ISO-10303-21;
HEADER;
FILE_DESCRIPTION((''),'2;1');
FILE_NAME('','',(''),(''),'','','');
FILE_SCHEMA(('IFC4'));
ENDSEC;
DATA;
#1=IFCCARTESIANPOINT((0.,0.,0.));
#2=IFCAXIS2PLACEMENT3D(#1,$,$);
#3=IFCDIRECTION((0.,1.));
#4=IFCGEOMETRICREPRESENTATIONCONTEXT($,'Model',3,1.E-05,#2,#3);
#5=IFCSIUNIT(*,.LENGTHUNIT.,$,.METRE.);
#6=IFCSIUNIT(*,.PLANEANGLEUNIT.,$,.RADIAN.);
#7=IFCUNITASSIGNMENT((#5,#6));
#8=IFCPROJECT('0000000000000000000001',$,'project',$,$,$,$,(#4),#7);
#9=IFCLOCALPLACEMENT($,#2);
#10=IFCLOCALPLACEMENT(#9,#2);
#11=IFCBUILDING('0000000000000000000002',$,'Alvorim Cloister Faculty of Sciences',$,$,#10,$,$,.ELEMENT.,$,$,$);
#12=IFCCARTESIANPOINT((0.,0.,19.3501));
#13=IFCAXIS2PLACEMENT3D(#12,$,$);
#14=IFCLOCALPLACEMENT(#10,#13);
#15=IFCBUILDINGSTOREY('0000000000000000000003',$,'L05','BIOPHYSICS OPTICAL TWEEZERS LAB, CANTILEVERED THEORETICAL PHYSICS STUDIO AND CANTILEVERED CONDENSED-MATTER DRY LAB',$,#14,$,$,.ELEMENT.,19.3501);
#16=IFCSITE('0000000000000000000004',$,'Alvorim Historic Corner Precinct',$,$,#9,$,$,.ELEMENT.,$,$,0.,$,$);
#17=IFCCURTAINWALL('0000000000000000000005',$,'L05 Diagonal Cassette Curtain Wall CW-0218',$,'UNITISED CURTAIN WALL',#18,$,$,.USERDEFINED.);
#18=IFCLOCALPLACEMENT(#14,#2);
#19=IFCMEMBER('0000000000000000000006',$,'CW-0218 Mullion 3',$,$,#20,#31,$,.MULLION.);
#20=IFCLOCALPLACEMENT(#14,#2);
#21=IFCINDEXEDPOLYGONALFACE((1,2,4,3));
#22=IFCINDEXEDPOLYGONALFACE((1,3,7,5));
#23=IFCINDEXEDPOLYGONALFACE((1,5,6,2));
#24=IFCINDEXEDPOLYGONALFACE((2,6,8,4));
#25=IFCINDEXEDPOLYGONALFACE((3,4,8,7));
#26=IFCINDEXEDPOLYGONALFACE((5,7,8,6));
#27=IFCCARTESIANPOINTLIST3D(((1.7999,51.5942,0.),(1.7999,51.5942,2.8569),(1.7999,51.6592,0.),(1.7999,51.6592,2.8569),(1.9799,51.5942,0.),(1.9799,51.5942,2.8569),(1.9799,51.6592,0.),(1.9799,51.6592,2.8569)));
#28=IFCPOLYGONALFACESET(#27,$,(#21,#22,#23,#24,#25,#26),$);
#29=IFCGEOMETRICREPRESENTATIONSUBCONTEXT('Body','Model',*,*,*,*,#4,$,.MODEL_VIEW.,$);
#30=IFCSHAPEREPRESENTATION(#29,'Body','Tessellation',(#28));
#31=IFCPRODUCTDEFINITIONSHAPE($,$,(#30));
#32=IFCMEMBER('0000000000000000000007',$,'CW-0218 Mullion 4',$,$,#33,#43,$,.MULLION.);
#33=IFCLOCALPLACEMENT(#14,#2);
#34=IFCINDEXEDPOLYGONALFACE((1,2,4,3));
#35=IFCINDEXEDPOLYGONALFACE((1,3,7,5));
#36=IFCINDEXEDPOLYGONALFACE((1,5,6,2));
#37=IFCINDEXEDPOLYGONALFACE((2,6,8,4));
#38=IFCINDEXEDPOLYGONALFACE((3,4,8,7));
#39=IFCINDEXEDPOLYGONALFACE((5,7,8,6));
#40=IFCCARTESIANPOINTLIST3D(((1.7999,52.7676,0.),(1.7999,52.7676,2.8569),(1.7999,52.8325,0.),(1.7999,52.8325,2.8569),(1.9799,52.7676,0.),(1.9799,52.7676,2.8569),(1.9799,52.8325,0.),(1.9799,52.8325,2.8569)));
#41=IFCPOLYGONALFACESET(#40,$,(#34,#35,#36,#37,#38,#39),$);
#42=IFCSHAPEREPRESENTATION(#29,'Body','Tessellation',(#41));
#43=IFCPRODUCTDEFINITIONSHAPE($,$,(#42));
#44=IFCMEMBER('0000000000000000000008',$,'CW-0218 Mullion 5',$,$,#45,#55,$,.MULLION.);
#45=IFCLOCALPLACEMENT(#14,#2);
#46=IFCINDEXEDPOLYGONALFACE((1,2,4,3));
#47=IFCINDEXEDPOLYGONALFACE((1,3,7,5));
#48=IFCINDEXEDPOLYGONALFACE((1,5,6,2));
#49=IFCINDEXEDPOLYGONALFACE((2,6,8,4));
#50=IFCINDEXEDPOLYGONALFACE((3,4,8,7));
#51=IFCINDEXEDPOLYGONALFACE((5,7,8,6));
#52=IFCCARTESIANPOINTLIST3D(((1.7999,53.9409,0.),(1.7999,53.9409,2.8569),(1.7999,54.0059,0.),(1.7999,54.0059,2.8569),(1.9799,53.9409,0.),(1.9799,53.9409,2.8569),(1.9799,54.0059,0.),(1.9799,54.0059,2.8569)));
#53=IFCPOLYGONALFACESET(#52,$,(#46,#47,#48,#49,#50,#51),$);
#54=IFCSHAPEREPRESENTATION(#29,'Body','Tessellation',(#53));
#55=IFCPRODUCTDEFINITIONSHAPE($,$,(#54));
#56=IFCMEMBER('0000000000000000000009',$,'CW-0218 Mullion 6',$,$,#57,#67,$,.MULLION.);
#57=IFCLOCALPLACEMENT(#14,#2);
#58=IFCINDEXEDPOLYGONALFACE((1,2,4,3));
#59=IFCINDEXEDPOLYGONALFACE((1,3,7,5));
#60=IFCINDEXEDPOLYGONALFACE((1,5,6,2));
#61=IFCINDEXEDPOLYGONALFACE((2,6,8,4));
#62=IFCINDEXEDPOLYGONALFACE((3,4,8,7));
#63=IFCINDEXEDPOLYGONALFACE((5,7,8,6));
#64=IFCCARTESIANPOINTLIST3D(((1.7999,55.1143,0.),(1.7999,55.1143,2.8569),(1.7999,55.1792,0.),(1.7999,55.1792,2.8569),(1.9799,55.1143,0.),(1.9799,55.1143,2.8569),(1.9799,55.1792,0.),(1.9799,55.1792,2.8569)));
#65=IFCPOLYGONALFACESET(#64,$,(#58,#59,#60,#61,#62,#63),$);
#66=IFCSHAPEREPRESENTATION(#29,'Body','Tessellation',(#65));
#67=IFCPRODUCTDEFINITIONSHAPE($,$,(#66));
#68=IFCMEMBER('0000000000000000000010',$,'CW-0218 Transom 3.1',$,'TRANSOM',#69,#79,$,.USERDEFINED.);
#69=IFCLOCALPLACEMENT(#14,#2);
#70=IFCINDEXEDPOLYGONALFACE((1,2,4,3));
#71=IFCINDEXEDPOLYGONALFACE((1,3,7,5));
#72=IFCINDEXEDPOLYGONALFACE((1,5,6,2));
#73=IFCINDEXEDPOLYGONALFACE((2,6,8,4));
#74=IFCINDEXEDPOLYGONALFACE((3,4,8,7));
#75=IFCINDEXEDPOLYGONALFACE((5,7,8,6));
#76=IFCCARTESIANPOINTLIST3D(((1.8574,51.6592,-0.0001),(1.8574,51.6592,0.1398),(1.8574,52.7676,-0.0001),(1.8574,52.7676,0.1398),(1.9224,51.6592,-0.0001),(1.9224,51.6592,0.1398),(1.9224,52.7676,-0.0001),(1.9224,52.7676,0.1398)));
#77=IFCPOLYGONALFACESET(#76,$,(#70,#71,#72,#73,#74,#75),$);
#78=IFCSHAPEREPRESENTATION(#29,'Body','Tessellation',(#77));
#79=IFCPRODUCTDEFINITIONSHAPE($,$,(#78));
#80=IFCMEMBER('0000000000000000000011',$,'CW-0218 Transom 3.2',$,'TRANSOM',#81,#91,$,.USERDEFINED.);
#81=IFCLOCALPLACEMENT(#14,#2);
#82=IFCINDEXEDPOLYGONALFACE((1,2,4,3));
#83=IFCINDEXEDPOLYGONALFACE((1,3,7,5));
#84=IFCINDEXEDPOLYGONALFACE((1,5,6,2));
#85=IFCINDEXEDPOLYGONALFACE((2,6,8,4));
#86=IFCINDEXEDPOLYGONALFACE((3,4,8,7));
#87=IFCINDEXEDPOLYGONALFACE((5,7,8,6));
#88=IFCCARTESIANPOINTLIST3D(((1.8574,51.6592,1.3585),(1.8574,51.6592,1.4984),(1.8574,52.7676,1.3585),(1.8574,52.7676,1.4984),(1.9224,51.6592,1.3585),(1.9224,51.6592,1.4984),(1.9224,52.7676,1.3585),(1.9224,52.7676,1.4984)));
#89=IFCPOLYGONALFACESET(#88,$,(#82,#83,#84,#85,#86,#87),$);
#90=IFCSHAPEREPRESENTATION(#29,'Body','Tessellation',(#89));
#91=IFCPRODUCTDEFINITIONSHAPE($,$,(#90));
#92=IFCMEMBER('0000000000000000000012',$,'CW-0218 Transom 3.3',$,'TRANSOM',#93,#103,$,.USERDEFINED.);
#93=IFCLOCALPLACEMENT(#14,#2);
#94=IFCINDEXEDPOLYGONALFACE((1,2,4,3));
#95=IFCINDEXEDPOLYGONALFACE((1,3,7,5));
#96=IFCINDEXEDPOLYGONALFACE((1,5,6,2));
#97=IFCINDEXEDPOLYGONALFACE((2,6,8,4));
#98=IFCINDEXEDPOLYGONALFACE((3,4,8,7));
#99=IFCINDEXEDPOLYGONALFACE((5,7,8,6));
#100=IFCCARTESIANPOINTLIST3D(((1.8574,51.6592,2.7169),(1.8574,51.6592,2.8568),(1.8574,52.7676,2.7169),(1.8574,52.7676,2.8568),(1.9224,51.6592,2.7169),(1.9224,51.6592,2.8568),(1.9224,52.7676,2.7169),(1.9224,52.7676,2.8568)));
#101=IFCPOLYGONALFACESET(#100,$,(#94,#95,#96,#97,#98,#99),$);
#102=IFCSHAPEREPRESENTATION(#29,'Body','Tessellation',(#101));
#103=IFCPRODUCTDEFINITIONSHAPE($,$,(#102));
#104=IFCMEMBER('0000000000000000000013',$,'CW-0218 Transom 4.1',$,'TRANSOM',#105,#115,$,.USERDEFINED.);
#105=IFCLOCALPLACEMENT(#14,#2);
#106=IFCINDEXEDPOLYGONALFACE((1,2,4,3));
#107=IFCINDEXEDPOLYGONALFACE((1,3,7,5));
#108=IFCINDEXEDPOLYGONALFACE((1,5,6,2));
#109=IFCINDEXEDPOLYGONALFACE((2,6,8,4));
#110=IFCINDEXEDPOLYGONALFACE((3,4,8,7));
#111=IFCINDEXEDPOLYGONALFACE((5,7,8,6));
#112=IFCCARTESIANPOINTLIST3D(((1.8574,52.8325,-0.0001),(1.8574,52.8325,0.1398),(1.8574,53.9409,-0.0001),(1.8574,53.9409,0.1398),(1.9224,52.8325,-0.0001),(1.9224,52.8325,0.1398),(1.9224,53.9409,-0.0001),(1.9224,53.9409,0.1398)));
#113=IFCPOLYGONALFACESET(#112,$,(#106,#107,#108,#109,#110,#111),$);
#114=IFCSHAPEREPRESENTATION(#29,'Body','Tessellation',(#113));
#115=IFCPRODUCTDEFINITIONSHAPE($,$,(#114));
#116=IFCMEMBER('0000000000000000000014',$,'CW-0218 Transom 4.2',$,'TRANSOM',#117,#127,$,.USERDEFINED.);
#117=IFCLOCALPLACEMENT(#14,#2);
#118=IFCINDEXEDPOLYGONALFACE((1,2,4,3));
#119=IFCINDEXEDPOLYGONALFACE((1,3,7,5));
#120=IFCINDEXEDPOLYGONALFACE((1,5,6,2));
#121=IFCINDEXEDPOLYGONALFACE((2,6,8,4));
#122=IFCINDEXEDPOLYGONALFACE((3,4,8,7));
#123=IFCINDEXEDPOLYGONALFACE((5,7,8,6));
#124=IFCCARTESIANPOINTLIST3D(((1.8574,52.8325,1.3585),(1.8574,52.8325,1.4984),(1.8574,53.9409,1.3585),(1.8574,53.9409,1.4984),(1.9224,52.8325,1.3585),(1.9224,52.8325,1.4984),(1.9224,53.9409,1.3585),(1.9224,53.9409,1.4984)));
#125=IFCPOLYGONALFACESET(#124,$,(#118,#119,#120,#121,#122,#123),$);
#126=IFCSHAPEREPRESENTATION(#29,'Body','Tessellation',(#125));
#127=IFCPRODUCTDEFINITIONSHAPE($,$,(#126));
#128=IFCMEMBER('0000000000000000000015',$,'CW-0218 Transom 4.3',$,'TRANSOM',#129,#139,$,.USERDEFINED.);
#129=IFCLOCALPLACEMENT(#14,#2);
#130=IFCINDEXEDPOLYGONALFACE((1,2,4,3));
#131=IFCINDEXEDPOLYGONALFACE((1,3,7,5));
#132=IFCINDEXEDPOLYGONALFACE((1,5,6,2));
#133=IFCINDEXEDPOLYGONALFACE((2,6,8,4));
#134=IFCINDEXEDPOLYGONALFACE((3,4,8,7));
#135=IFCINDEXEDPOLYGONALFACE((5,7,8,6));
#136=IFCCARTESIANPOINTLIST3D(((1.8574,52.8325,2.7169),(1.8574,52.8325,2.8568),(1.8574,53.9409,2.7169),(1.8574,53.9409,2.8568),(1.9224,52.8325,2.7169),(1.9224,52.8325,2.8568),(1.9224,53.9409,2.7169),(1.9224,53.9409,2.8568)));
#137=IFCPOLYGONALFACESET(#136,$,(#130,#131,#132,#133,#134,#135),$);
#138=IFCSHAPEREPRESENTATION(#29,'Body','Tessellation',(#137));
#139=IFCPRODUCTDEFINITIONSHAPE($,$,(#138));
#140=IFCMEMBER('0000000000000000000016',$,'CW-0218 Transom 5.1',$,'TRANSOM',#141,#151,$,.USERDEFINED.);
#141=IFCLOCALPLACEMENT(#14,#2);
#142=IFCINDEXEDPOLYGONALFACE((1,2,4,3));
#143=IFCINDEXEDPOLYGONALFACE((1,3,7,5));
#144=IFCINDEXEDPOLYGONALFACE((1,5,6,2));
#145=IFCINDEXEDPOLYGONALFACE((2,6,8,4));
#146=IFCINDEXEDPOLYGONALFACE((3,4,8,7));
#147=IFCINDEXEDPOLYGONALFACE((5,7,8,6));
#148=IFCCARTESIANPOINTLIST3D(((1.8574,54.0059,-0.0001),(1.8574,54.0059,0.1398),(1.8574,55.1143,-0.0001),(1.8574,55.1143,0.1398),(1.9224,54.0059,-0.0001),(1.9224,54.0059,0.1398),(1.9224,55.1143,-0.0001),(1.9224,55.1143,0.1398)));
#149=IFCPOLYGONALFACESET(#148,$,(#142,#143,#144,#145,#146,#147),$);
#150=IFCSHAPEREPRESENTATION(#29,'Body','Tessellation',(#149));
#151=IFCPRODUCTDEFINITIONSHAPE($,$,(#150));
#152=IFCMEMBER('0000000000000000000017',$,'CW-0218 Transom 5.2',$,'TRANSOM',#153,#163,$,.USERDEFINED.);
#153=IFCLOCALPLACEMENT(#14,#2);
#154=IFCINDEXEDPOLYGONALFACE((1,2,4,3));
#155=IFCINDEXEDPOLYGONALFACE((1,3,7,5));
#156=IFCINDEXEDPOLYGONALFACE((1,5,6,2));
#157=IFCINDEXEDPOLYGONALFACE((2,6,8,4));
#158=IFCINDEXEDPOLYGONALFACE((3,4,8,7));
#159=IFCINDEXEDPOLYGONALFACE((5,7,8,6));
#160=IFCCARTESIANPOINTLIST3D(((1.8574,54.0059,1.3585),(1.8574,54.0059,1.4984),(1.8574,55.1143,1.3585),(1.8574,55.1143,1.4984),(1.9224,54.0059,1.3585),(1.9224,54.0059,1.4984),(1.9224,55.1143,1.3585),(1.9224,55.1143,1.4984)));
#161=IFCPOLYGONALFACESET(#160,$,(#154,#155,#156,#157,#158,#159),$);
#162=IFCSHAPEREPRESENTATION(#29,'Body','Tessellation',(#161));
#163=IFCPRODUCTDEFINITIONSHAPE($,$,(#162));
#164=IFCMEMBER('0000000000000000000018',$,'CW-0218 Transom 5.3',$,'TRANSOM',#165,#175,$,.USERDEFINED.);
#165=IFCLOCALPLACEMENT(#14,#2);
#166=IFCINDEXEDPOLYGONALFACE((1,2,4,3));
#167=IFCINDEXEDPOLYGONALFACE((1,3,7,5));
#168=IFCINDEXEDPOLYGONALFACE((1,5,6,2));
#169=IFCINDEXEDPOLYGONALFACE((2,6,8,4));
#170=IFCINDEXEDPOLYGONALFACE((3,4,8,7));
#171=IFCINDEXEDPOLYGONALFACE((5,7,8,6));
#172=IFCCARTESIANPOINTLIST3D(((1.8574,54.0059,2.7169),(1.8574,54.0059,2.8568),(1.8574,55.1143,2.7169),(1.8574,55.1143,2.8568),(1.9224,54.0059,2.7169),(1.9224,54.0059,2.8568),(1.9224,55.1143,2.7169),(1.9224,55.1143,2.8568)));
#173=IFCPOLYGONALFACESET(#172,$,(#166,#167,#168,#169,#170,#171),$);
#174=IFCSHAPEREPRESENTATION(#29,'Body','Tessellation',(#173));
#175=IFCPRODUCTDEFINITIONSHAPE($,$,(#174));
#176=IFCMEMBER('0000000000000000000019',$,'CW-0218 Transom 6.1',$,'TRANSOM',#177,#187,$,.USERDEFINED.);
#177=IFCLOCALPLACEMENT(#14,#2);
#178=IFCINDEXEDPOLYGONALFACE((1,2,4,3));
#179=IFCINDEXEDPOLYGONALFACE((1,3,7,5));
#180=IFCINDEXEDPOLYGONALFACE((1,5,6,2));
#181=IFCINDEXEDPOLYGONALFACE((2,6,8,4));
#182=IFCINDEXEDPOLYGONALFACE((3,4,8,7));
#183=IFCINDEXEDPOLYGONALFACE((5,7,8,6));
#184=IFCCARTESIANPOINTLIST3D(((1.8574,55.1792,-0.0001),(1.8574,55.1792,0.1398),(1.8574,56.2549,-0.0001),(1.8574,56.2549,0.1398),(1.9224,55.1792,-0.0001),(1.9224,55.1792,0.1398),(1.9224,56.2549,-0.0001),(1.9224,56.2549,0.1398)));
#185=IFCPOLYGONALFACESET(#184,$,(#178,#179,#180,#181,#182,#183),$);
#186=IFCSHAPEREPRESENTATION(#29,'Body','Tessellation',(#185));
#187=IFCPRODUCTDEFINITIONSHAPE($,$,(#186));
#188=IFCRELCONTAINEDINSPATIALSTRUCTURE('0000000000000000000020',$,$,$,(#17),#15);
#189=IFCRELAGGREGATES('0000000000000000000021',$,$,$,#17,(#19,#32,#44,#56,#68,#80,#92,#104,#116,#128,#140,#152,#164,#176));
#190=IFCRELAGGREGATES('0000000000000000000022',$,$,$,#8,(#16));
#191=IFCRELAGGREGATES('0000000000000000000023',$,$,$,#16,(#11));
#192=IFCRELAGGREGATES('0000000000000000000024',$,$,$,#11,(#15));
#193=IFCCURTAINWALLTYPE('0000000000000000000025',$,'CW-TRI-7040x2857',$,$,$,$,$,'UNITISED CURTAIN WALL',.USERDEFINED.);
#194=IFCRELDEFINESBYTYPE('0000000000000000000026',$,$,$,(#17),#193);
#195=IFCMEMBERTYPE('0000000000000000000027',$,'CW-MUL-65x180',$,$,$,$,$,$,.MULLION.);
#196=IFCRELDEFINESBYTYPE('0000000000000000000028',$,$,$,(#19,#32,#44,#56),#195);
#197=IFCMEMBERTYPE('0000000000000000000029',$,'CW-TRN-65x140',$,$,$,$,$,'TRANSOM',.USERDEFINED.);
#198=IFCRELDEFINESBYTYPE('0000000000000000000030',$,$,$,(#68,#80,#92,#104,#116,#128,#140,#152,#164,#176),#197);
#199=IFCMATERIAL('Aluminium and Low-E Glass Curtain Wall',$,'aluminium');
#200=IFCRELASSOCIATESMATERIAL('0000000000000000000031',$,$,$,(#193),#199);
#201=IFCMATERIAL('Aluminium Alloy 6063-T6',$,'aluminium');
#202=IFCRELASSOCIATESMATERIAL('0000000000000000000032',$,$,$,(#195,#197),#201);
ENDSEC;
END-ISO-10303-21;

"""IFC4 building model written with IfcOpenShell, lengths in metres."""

from ifc_helpers import new_model, si_unit, direction, frame, origin, origin_2d, place, context, subcontext, project, spatial, rectangle, extrude, material, material_profile, profile_set, type_object, element, aggregate, save


model = new_model("IFC4")

# Units and contexts
model_context = context("Model", 3, precision=1e-05, world=origin(), true_north=direction((0.0, 1.0)))
body_context = subcontext(model_context, "Body", "Model", "MODEL_VIEW")
ifc_project = project(units=[si_unit("LENGTHUNIT", "METRE"), si_unit("PLANEANGLEUNIT", "RADIAN")], contexts=[model_context])

# Site, building, storey
site_placement = place(None, origin())
site = spatial("IfcSite", under=ifc_project, at=site_placement, Name="Alvorim Historic Corner Precinct", CompositionType="ELEMENT", RefElevation=0.0)
building_placement = place(site_placement, origin())
building = spatial("IfcBuilding", under=site, at=building_placement, Name="Alvorim Cloister Faculty of Sciences", CompositionType="ELEMENT")
storey_placement = place(building_placement, frame((0.0, 0.0, 19.3501)))
storey = spatial("IfcBuildingStorey", under=building, at=storey_placement, Name="L05", Description="BIOPHYSICS OPTICAL TWEEZERS LAB, CANTILEVERED THEORETICAL PHYSICS STUDIO AND CANTILEVERED CONDENSED-MATTER DRY LAB", CompositionType="ELEMENT", Elevation=19.3501)

# Curtain wall, members
ifc_material_1 = material(Name="Aluminium and Low-E Glass Curtain Wall", Category="aluminium")
curtain_wall_type = type_object("IfcCurtainWallType", Name="CW-TRI-7040x2857", ElementType="UNITISED CURTAIN WALL", PredefinedType="USERDEFINED", material=ifc_material_1)
curtain_wall_placement = place(storey_placement, origin())
curtain_wall = element("IfcCurtainWall", 1, at=curtain_wall_placement, inside=storey, type_object=curtain_wall_type, Name="L05 Diagonal Cassette Curtain Wall CW-0218", ObjectType="UNITISED CURTAIN WALL", PredefinedType="USERDEFINED")
ifc_material_2 = material(Name="Aluminium Alloy 6063-T6", Category="aluminium")
ifc_material_profile_1 = material_profile(ifc_material_2, rectangle(XDim=0.0649, YDim=0.1799, at=origin_2d()), Name="ALU-MUL-65x180")
ifc_profile_set_1 = profile_set([ifc_material_profile_1], Name="Aluminium Alloy 6063-T6")
member_type_1 = type_object("IfcMemberType", Name="CW-MUL-65x180", PredefinedType="MULLION", material=ifc_profile_set_1)
member_1_placement = place(storey_placement, frame((1.8899, 51.6267, 0.0), z_axis=(0.0, 0.0, 1.0), x_axis=(0.0, 1.0, 0.0)))
member_1 = element("IfcMember", 2, at=member_1_placement, type_object=member_type_1, Name="CW-0218 Mullion 3", PredefinedType="MULLION", context=body_context, shape_type="SweptSolid", body=[
    extrude(rectangle(XDim=0.0649, YDim=0.1799, at=origin_2d()), origin(), (0.0, 0.0, 1.0), 2.8569),
])
member_2_placement = place(storey_placement, frame((1.8899, 52.8, 0.0), z_axis=(0.0, 0.0, 1.0), x_axis=(0.0, 1.0, 0.0)))
member_2 = element("IfcMember", 3, at=member_2_placement, type_object=member_type_1, Name="CW-0218 Mullion 4", PredefinedType="MULLION", context=body_context, shape_type="SweptSolid", body=[
    extrude(rectangle(XDim=0.0649, YDim=0.1799, at=origin_2d()), origin(), (0.0, 0.0, 1.0), 2.8569),
])
member_3_placement = place(storey_placement, frame((1.8899, 53.9734, 0.0), z_axis=(0.0, 0.0, 1.0), x_axis=(0.0, 1.0, 0.0)))
member_3 = element("IfcMember", 4, at=member_3_placement, type_object=member_type_1, Name="CW-0218 Mullion 5", PredefinedType="MULLION", context=body_context, shape_type="SweptSolid", body=[
    extrude(rectangle(XDim=0.0649, YDim=0.1799, at=origin_2d()), origin(), (0.0, 0.0, 1.0), 2.8569),
])
member_4_placement = place(storey_placement, frame((1.8899, 55.1467, 0.0), z_axis=(0.0, 0.0, 1.0), x_axis=(0.0, 1.0, 0.0)))
member_4 = element("IfcMember", 5, at=member_4_placement, type_object=member_type_1, Name="CW-0218 Mullion 6", PredefinedType="MULLION", context=body_context, shape_type="SweptSolid", body=[
    extrude(rectangle(XDim=0.0649, YDim=0.1799, at=origin_2d()), origin(), (0.0, 0.0, 1.0), 2.8569),
])
ifc_material_profile_2 = material_profile(ifc_material_2, rectangle(XDim=0.0649, YDim=0.1399, at=origin_2d()), Name="ALU-TRN-65x140")
ifc_profile_set_2 = profile_set([ifc_material_profile_2], Name="Aluminium Alloy 6063-T6")
member_type_2 = type_object("IfcMemberType", Name="CW-TRN-65x140", ElementType="TRANSOM", PredefinedType="USERDEFINED", material=ifc_profile_set_2)
member_5_placement = place(storey_placement, frame((1.8899, 51.6592, 0.0698), z_axis=(0.0, 1.0, 0.0), x_axis=(-1.0, 0.0, 0.0)))
member_5 = element("IfcMember", 6, at=member_5_placement, type_object=member_type_2, Name="CW-0218 Transom 3.1", ObjectType="TRANSOM", PredefinedType="USERDEFINED", context=body_context, shape_type="SweptSolid", body=[
    extrude(rectangle(XDim=0.0649, YDim=0.1399, at=origin_2d()), origin(), (0.0, 0.0, 1.0), 1.1084),
])
member_6_placement = place(storey_placement, frame((1.8899, 51.6592, 1.4285), z_axis=(0.0, 1.0, 0.0), x_axis=(-1.0, 0.0, 0.0)))
member_6 = element("IfcMember", 7, at=member_6_placement, type_object=member_type_2, Name="CW-0218 Transom 3.2", ObjectType="TRANSOM", PredefinedType="USERDEFINED", context=body_context, shape_type="SweptSolid", body=[
    extrude(rectangle(XDim=0.0649, YDim=0.1399, at=origin_2d()), origin(), (0.0, 0.0, 1.0), 1.1084),
])
member_7_placement = place(storey_placement, frame((1.8899, 51.6592, 2.7869), z_axis=(0.0, 1.0, 0.0), x_axis=(-1.0, 0.0, 0.0)))
member_7 = element("IfcMember", 8, at=member_7_placement, type_object=member_type_2, Name="CW-0218 Transom 3.3", ObjectType="TRANSOM", PredefinedType="USERDEFINED", context=body_context, shape_type="SweptSolid", body=[
    extrude(rectangle(XDim=0.0649, YDim=0.1399, at=origin_2d()), origin(), (0.0, 0.0, 1.0), 1.1084),
])
member_8_placement = place(storey_placement, frame((1.8899, 52.8325, 0.0698), z_axis=(0.0, 1.0, 0.0), x_axis=(-1.0, 0.0, 0.0)))
member_8 = element("IfcMember", 9, at=member_8_placement, type_object=member_type_2, Name="CW-0218 Transom 4.1", ObjectType="TRANSOM", PredefinedType="USERDEFINED", context=body_context, shape_type="SweptSolid", body=[
    extrude(rectangle(XDim=0.0649, YDim=0.1399, at=origin_2d()), origin(), (0.0, 0.0, 1.0), 1.1084),
])
member_9_placement = place(storey_placement, frame((1.8899, 52.8325, 1.4285), z_axis=(0.0, 1.0, 0.0), x_axis=(-1.0, 0.0, 0.0)))
member_9 = element("IfcMember", 10, at=member_9_placement, type_object=member_type_2, Name="CW-0218 Transom 4.2", ObjectType="TRANSOM", PredefinedType="USERDEFINED", context=body_context, shape_type="SweptSolid", body=[
    extrude(rectangle(XDim=0.0649, YDim=0.1399, at=origin_2d()), origin(), (0.0, 0.0, 1.0), 1.1084),
])
member_10_placement = place(storey_placement, frame((1.8899, 52.8325, 2.7869), z_axis=(0.0, 1.0, 0.0), x_axis=(-1.0, 0.0, 0.0)))
member_10 = element("IfcMember", 11, at=member_10_placement, type_object=member_type_2, Name="CW-0218 Transom 4.3", ObjectType="TRANSOM", PredefinedType="USERDEFINED", context=body_context, shape_type="SweptSolid", body=[
    extrude(rectangle(XDim=0.0649, YDim=0.1399, at=origin_2d()), origin(), (0.0, 0.0, 1.0), 1.1084),
])
member_11_placement = place(storey_placement, frame((1.8899, 54.0059, 0.0698), z_axis=(0.0, 1.0, 0.0), x_axis=(-1.0, 0.0, 0.0)))
member_11 = element("IfcMember", 12, at=member_11_placement, type_object=member_type_2, Name="CW-0218 Transom 5.1", ObjectType="TRANSOM", PredefinedType="USERDEFINED", context=body_context, shape_type="SweptSolid", body=[
    extrude(rectangle(XDim=0.0649, YDim=0.1399, at=origin_2d()), origin(), (0.0, 0.0, 1.0), 1.1084),
])
member_12_placement = place(storey_placement, frame((1.8899, 54.0059, 1.4285), z_axis=(0.0, 1.0, 0.0), x_axis=(-1.0, 0.0, 0.0)))
member_12 = element("IfcMember", 13, at=member_12_placement, type_object=member_type_2, Name="CW-0218 Transom 5.2", ObjectType="TRANSOM", PredefinedType="USERDEFINED", context=body_context, shape_type="SweptSolid", body=[
    extrude(rectangle(XDim=0.0649, YDim=0.1399, at=origin_2d()), origin(), (0.0, 0.0, 1.0), 1.1084),
])
member_13_placement = place(storey_placement, frame((1.8899, 54.0059, 2.7869), z_axis=(0.0, 1.0, 0.0), x_axis=(-1.0, 0.0, 0.0)))
member_13 = element("IfcMember", 14, at=member_13_placement, type_object=member_type_2, Name="CW-0218 Transom 5.3", ObjectType="TRANSOM", PredefinedType="USERDEFINED", context=body_context, shape_type="SweptSolid", body=[
    extrude(rectangle(XDim=0.0649, YDim=0.1399, at=origin_2d()), origin(), (0.0, 0.0, 1.0), 1.1084),
])
member_14_placement = place(storey_placement, frame((1.8899, 55.1792, 0.0698), z_axis=(0.0, 1.0, 0.0), x_axis=(-1.0, 0.0, 0.0)))
member_14 = element("IfcMember", 15, at=member_14_placement, type_object=member_type_2, Name="CW-0218 Transom 6.1", ObjectType="TRANSOM", PredefinedType="USERDEFINED", context=body_context, shape_type="SweptSolid", body=[
    extrude(rectangle(XDim=0.0649, YDim=0.1399, at=origin_2d()), origin(), (0.0, 0.0, 1.0), 1.0757),
])
aggregate(curtain_wall, [member_1, member_2, member_3, member_4, member_5, member_6, member_7, member_8, member_9, member_10, member_11, member_12, member_13, member_14])

save(model, "model.ifc")
